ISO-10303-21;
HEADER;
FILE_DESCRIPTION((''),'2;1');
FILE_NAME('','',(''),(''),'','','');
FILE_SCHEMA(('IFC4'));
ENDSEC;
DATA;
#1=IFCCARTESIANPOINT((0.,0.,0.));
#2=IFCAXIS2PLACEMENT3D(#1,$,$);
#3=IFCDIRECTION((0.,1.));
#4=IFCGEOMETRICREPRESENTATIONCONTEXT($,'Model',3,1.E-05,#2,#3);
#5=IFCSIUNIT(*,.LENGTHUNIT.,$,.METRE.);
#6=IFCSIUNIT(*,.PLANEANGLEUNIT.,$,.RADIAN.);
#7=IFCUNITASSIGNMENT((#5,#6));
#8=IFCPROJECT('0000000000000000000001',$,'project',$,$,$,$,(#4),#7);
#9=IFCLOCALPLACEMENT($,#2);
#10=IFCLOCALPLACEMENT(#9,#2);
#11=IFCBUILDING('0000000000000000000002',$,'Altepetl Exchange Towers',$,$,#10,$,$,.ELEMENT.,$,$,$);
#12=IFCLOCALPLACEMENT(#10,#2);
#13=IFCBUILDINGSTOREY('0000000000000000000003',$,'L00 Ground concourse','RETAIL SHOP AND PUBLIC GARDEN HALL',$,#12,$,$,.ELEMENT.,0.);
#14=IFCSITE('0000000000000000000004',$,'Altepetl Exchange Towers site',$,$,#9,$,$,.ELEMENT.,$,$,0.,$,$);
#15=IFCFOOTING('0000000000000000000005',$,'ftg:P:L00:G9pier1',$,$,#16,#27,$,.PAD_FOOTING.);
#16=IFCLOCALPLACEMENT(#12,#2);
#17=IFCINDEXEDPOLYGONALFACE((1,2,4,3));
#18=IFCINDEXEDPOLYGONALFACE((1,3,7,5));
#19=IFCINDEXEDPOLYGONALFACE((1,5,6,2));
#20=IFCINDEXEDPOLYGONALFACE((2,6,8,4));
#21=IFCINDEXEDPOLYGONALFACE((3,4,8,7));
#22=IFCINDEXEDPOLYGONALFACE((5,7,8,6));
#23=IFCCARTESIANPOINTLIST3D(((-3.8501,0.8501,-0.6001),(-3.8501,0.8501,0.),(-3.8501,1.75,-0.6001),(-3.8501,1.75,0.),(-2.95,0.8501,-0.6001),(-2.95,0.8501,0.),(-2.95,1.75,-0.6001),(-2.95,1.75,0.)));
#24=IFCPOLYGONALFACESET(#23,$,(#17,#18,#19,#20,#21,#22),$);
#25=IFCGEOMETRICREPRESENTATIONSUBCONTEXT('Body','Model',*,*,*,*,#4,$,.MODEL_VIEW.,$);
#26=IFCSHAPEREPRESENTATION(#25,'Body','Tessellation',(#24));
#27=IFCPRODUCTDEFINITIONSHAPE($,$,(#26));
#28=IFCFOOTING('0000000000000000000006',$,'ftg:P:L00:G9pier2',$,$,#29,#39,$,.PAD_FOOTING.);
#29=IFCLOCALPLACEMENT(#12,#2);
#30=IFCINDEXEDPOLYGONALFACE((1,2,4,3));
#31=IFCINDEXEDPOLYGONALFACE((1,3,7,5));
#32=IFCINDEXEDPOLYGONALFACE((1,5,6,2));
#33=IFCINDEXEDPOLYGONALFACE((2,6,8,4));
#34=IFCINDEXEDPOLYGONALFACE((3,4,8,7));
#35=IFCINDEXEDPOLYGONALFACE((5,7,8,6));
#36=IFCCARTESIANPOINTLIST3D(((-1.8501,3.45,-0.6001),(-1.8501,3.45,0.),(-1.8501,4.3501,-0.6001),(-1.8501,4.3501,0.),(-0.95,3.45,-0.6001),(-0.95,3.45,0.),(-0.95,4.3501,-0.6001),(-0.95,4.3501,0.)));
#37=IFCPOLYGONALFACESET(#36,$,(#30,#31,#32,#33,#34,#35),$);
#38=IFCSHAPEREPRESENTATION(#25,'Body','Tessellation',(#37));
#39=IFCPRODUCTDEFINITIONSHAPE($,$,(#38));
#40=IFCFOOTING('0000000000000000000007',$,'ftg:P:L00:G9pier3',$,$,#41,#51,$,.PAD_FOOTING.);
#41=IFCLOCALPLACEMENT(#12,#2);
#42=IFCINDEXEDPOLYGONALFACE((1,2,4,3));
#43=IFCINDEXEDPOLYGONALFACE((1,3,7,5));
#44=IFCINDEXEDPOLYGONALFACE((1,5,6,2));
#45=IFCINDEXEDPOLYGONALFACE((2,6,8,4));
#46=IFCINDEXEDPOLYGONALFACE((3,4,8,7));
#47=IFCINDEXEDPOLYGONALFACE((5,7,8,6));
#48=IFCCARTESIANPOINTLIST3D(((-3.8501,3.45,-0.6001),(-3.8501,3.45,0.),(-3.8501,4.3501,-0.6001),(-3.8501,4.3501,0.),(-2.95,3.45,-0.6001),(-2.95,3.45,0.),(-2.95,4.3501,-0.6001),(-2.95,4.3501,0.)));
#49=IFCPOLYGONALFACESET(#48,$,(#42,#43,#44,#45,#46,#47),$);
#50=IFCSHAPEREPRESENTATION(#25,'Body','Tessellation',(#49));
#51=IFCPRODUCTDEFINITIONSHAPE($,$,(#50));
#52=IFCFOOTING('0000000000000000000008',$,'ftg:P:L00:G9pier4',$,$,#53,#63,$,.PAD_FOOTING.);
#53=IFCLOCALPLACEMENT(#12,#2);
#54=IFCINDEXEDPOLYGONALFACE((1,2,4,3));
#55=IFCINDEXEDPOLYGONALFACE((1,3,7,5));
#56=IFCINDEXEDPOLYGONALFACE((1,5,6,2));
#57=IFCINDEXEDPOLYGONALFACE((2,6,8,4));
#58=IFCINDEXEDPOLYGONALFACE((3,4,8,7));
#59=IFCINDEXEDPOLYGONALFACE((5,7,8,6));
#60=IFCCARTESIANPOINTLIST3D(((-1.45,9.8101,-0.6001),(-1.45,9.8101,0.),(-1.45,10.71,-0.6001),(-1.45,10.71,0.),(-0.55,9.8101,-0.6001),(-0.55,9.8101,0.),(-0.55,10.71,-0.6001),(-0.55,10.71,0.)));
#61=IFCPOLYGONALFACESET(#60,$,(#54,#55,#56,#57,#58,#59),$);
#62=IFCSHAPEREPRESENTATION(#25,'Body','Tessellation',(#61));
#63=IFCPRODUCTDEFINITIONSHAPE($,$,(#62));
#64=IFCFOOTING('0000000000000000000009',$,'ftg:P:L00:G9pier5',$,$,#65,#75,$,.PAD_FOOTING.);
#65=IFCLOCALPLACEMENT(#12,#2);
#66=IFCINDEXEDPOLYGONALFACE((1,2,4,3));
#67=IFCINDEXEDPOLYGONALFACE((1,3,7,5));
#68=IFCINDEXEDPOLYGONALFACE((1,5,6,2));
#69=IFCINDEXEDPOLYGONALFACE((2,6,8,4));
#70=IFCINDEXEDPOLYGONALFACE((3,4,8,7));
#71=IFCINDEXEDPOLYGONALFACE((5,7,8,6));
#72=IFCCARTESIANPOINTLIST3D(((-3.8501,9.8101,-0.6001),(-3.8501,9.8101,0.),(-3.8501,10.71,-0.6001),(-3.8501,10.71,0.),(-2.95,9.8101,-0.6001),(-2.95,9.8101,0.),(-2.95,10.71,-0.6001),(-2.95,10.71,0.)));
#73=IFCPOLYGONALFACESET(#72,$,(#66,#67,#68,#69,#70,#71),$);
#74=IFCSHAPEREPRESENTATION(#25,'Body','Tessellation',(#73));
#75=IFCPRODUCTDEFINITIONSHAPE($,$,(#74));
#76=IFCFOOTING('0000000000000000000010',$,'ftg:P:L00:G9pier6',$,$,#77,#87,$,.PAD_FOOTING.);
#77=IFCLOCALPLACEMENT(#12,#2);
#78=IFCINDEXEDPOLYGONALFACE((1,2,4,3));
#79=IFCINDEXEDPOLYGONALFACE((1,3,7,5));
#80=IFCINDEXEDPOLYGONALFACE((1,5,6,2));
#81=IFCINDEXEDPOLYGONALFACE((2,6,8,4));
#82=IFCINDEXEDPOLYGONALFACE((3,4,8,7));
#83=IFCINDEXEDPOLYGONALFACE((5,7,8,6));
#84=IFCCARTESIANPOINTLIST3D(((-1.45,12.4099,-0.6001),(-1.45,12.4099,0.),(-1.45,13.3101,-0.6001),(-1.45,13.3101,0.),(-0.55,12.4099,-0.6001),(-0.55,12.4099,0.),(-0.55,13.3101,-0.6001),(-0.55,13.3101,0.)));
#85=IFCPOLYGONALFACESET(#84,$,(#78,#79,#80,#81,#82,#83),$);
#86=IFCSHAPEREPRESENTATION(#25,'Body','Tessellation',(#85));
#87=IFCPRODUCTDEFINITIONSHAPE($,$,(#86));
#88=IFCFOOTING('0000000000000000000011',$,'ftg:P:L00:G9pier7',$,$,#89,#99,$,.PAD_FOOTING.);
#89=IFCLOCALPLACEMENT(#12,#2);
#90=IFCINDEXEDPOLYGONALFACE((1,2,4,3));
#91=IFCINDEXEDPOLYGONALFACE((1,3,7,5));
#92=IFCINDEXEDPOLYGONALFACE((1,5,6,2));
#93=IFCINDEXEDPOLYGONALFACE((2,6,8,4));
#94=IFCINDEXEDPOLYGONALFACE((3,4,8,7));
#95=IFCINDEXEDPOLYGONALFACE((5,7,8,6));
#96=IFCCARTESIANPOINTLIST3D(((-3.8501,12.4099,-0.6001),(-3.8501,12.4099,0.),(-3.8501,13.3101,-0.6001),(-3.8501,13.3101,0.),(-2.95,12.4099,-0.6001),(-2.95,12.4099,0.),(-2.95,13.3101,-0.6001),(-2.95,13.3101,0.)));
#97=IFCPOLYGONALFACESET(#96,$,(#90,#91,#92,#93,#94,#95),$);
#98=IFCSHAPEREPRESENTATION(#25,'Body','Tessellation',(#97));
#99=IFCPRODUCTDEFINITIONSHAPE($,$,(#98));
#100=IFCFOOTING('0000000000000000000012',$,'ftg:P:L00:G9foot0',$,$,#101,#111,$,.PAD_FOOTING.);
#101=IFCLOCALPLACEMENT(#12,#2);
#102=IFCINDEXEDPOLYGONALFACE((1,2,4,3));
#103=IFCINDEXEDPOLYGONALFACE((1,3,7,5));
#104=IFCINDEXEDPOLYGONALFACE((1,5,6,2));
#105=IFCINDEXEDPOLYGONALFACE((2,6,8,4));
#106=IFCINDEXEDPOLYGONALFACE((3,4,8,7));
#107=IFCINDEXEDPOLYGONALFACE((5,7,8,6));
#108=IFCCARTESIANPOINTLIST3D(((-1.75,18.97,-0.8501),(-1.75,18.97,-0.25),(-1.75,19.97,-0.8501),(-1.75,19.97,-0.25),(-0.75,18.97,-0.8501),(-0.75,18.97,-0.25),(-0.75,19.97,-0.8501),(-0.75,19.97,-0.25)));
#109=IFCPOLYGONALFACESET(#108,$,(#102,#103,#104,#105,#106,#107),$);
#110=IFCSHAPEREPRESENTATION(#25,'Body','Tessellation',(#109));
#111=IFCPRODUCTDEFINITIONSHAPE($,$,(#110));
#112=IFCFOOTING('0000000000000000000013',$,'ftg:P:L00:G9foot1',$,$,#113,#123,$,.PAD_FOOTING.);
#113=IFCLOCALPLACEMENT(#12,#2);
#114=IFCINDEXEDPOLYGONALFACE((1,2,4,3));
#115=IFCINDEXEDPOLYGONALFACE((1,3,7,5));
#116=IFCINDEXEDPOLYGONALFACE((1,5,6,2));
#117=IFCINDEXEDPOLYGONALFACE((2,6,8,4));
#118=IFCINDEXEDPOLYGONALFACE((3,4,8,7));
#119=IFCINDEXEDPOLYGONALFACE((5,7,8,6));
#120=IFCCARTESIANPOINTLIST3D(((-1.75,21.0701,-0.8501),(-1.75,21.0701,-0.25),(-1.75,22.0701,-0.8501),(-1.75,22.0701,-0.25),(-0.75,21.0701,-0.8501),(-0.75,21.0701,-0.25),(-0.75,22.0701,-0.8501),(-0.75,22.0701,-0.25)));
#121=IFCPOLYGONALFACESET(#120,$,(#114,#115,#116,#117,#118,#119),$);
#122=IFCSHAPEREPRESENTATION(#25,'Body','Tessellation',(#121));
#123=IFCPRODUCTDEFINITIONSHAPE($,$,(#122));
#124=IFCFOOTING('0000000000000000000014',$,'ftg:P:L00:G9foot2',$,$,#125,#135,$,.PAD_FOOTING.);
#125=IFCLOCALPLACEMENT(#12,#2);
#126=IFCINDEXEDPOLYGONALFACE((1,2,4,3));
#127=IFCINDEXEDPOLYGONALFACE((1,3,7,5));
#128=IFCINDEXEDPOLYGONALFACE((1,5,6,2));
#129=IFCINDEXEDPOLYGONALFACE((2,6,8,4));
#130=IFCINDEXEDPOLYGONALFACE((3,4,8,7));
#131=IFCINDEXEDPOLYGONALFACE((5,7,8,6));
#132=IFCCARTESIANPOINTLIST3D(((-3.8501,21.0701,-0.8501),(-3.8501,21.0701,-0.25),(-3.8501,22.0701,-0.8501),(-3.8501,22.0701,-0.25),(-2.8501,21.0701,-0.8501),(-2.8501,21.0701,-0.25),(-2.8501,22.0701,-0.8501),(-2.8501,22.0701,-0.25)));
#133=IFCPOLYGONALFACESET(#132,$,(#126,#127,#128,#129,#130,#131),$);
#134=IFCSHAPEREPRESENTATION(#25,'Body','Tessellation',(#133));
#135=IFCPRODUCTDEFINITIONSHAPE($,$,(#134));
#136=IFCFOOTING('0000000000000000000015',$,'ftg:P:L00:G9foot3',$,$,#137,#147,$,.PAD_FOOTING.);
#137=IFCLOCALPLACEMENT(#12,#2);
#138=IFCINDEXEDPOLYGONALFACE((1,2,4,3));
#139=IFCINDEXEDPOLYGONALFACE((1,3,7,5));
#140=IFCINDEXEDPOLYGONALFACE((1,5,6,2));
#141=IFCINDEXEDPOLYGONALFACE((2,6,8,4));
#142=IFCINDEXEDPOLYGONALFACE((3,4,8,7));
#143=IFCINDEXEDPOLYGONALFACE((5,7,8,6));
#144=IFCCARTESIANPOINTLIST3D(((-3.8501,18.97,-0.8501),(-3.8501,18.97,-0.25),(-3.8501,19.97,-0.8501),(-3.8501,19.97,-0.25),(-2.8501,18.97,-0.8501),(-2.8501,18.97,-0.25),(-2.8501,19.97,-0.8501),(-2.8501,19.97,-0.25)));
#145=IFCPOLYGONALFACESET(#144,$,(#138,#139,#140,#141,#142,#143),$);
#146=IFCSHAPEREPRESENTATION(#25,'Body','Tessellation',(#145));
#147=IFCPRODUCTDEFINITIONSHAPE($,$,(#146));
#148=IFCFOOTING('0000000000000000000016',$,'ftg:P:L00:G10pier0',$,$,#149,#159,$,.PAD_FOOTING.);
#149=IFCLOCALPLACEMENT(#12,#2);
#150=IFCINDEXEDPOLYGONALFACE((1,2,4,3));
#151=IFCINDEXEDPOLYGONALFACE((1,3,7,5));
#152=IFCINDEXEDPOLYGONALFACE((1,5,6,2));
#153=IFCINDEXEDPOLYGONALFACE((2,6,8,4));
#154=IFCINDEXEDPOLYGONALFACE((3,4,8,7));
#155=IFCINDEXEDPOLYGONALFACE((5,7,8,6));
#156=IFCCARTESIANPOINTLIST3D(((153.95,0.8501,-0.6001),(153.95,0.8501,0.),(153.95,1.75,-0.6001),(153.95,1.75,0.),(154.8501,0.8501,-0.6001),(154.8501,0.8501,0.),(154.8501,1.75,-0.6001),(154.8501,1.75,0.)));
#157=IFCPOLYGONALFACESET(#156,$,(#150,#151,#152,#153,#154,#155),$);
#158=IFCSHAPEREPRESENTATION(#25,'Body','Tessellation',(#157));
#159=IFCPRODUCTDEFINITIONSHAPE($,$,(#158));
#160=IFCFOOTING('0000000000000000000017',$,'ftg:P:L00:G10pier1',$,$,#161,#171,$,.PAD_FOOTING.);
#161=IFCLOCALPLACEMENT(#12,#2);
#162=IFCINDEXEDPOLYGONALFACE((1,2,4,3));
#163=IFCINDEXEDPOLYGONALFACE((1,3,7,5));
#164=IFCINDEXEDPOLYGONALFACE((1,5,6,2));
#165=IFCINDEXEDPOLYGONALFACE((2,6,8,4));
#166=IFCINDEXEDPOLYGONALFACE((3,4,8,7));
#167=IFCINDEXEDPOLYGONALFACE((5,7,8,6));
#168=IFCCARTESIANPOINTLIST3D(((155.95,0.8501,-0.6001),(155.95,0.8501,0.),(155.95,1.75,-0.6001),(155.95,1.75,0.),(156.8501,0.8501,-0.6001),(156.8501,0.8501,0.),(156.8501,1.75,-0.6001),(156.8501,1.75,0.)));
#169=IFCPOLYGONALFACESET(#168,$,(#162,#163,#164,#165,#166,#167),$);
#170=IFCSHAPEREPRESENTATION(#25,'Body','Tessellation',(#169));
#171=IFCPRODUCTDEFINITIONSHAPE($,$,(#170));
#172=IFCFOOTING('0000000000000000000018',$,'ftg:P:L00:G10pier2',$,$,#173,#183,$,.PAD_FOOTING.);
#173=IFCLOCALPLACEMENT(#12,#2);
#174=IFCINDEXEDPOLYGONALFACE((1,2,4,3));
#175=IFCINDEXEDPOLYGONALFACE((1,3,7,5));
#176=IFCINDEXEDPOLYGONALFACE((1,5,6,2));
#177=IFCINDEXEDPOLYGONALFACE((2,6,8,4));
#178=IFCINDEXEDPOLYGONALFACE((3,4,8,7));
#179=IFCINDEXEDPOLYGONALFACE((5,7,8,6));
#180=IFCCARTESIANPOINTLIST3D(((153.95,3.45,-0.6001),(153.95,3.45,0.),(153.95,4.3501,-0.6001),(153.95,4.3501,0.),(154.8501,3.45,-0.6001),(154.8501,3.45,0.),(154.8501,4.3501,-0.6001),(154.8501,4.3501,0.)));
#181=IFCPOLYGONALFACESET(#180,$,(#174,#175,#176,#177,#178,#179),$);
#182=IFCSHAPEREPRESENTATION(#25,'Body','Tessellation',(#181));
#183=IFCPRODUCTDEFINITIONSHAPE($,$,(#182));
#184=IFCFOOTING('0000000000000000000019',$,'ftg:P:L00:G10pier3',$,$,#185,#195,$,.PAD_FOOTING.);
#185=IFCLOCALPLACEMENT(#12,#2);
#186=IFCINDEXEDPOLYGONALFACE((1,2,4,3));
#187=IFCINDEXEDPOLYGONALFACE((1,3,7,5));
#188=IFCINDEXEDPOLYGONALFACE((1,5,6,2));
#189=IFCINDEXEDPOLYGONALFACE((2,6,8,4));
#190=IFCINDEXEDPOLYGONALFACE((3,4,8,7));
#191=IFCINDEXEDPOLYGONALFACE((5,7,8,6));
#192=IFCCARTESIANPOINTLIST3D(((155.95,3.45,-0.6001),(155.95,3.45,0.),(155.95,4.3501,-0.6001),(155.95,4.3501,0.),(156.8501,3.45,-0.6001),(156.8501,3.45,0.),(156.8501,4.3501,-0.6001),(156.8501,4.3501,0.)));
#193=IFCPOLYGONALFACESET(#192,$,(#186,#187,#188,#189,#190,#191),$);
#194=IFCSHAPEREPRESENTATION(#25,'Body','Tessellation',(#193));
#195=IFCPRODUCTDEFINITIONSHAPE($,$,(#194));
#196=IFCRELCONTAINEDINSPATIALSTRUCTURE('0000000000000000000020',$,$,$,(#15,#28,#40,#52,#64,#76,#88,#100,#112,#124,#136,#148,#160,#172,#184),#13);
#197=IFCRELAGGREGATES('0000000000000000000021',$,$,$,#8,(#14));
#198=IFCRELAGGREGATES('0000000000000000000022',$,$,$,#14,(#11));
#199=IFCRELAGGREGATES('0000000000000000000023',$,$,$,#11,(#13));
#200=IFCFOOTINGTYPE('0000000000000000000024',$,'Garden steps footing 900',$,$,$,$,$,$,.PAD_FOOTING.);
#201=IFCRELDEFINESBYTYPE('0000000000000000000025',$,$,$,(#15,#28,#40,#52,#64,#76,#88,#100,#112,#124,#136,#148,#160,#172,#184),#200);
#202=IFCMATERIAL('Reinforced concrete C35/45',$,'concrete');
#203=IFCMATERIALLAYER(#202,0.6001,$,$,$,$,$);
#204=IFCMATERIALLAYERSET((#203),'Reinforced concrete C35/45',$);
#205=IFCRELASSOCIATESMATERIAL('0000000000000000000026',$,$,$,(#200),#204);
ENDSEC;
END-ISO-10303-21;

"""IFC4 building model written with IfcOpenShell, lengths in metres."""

from ifc_helpers import new_model, si_unit, direction, frame, origin, place, context, subcontext, project, spatial, polyline, outline, extrude, material, layer, layer_set, type_object, element, save


model = new_model("IFC4")

# Units and contexts
model_context = context("Model", 3, precision=1e-05, world=origin(), true_north=direction((0.0, 1.0)))
body_context = subcontext(model_context, "Body", "Model", "MODEL_VIEW")
ifc_project = project(units=[si_unit("LENGTHUNIT", "METRE"), si_unit("PLANEANGLEUNIT", "RADIAN")], contexts=[model_context])

# Site, building, storey
site_placement = place(None, origin())
site = spatial("IfcSite", under=ifc_project, at=site_placement, Name="Altepetl Exchange Towers site", CompositionType="ELEMENT", RefElevation=0.0)
building_placement = place(site_placement, origin())
building = spatial("IfcBuilding", under=site, at=building_placement, Name="Altepetl Exchange Towers", CompositionType="ELEMENT")
storey_placement = place(building_placement, origin())
storey = spatial("IfcBuildingStorey", under=building, at=storey_placement, Name="L00 Ground concourse", Description="RETAIL SHOP AND PUBLIC GARDEN HALL", CompositionType="ELEMENT", Elevation=0.0)

# Footings
ifc_material_1 = material(Name="Reinforced concrete C35/45", Category="concrete")
ifc_layer_1 = layer(ifc_material_1, 0.6001)
ifc_layer_set_1 = layer_set([ifc_layer_1], Name="Reinforced concrete C35/45")
footing_type = type_object("IfcFootingType", Name="Garden steps footing 900", PredefinedType="PAD_FOOTING", material=ifc_layer_set_1)
footing_1_placement = place(storey_placement, frame((0.0, 0.0, -0.6001)))
element("IfcFooting", 1, at=footing_1_placement, inside=storey, type_object=footing_type, Name="ftg:P:L00:G9pier1", PredefinedType="PAD_FOOTING", context=body_context, shape_type="SweptSolid", body=[
    extrude(outline(polyline([(-3.8501, 0.8501), (-2.95, 0.8501), (-2.95, 1.75), (-3.8501, 1.75), (-3.8501, 0.8501)])), origin(), (0.0, 0.0, 1.0), 0.6001),
])
footing_2_placement = place(storey_placement, frame((0.0, 0.0, -0.6001)))
element("IfcFooting", 2, at=footing_2_placement, inside=storey, type_object=footing_type, Name="ftg:P:L00:G9pier2", PredefinedType="PAD_FOOTING", context=body_context, shape_type="SweptSolid", body=[
    extrude(outline(polyline([(-1.8501, 3.45), (-0.95, 3.45), (-0.95, 4.3501), (-1.8501, 4.3501), (-1.8501, 3.45)])), origin(), (0.0, 0.0, 1.0), 0.6001),
])
footing_3_placement = place(storey_placement, frame((0.0, 0.0, -0.6001)))
element("IfcFooting", 3, at=footing_3_placement, inside=storey, type_object=footing_type, Name="ftg:P:L00:G9pier3", PredefinedType="PAD_FOOTING", context=body_context, shape_type="SweptSolid", body=[
    extrude(outline(polyline([(-3.8501, 3.45), (-2.95, 3.45), (-2.95, 4.3501), (-3.8501, 4.3501), (-3.8501, 3.45)])), origin(), (0.0, 0.0, 1.0), 0.6001),
])
footing_4_placement = place(storey_placement, frame((0.0, 0.0, -0.6001)))
element("IfcFooting", 4, at=footing_4_placement, inside=storey, type_object=footing_type, Name="ftg:P:L00:G9pier4", PredefinedType="PAD_FOOTING", context=body_context, shape_type="SweptSolid", body=[
    extrude(outline(polyline([(-1.45, 9.8101), (-0.55, 9.8101), (-0.55, 10.71), (-1.45, 10.71), (-1.45, 9.8101)])), origin(), (0.0, 0.0, 1.0), 0.6001),
])
footing_5_placement = place(storey_placement, frame((0.0, 0.0, -0.6001)))
element("IfcFooting", 5, at=footing_5_placement, inside=storey, type_object=footing_type, Name="ftg:P:L00:G9pier5", PredefinedType="PAD_FOOTING", context=body_context, shape_type="SweptSolid", body=[
    extrude(outline(polyline([(-3.8501, 9.8101), (-2.95, 9.8101), (-2.95, 10.71), (-3.8501, 10.71), (-3.8501, 9.8101)])), origin(), (0.0, 0.0, 1.0), 0.6001),
])
footing_6_placement = place(storey_placement, frame((0.0, 0.0, -0.6001)))
element("IfcFooting", 6, at=footing_6_placement, inside=storey, type_object=footing_type, Name="ftg:P:L00:G9pier6", PredefinedType="PAD_FOOTING", context=body_context, shape_type="SweptSolid", body=[
    extrude(outline(polyline([(-1.45, 12.4099), (-0.55, 12.4099), (-0.55, 13.3101), (-1.45, 13.3101), (-1.45, 12.4099)])), origin(), (0.0, 0.0, 1.0), 0.6001),
])
footing_7_placement = place(storey_placement, frame((0.0, 0.0, -0.6001)))
element("IfcFooting", 7, at=footing_7_placement, inside=storey, type_object=footing_type, Name="ftg:P:L00:G9pier7", PredefinedType="PAD_FOOTING", context=body_context, shape_type="SweptSolid", body=[
    extrude(outline(polyline([(-3.8501, 12.4099), (-2.95, 12.4099), (-2.95, 13.3101), (-3.8501, 13.3101), (-3.8501, 12.4099)])), origin(), (0.0, 0.0, 1.0), 0.6001),
])
footing_8_placement = place(storey_placement, frame((0.0, 0.0, -0.8501)))
element("IfcFooting", 8, at=footing_8_placement, inside=storey, type_object=footing_type, Name="ftg:P:L00:G9foot0", PredefinedType="PAD_FOOTING", context=body_context, shape_type="SweptSolid", body=[
    extrude(outline(polyline([(-1.75, 18.97), (-0.75, 18.97), (-0.75, 19.97), (-1.75, 19.97), (-1.75, 18.97)])), origin(), (0.0, 0.0, 1.0), 0.6001),
])
footing_9_placement = place(storey_placement, frame((0.0, 0.0, -0.8501)))
element("IfcFooting", 9, at=footing_9_placement, inside=storey, type_object=footing_type, Name="ftg:P:L00:G9foot1", PredefinedType="PAD_FOOTING", context=body_context, shape_type="SweptSolid", body=[
    extrude(outline(polyline([(-1.75, 21.0701), (-0.75, 21.0701), (-0.75, 22.0701), (-1.75, 22.0701), (-1.75, 21.0701)])), origin(), (0.0, 0.0, 1.0), 0.6001),
])
footing_10_placement = place(storey_placement, frame((0.0, 0.0, -0.8501)))
element("IfcFooting", 10, at=footing_10_placement, inside=storey, type_object=footing_type, Name="ftg:P:L00:G9foot2", PredefinedType="PAD_FOOTING", context=body_context, shape_type="SweptSolid", body=[
    extrude(outline(polyline([(-3.8501, 21.0701), (-2.8501, 21.0701), (-2.8501, 22.0701), (-3.8501, 22.0701), (-3.8501, 21.0701)])), origin(), (0.0, 0.0, 1.0), 0.6001),
])
footing_11_placement = place(storey_placement, frame((0.0, 0.0, -0.8501)))
element("IfcFooting", 11, at=footing_11_placement, inside=storey, type_object=footing_type, Name="ftg:P:L00:G9foot3", PredefinedType="PAD_FOOTING", context=body_context, shape_type="SweptSolid", body=[
    extrude(outline(polyline([(-3.8501, 18.97), (-2.8501, 18.97), (-2.8501, 19.97), (-3.8501, 19.97), (-3.8501, 18.97)])), origin(), (0.0, 0.0, 1.0), 0.6001),
])
footing_12_placement = place(storey_placement, frame((0.0, 0.0, -0.6001)))
element("IfcFooting", 12, at=footing_12_placement, inside=storey, type_object=footing_type, Name="ftg:P:L00:G10pier0", PredefinedType="PAD_FOOTING", context=body_context, shape_type="SweptSolid", body=[
    extrude(outline(polyline([(153.95, 0.8501), (154.8501, 0.8501), (154.8501, 1.75), (153.95, 1.75), (153.95, 0.8501)])), origin(), (0.0, 0.0, 1.0), 0.6001),
])
footing_13_placement = place(storey_placement, frame((0.0, 0.0, -0.6001)))
element("IfcFooting", 13, at=footing_13_placement, inside=storey, type_object=footing_type, Name="ftg:P:L00:G10pier1", PredefinedType="PAD_FOOTING", context=body_context, shape_type="SweptSolid", body=[
    extrude(outline(polyline([(155.95, 0.8501), (156.8501, 0.8501), (156.8501, 1.75), (155.95, 1.75), (155.95, 0.8501)])), origin(), (0.0, 0.0, 1.0), 0.6001),
])
footing_14_placement = place(storey_placement, frame((0.0, 0.0, -0.6001)))
element("IfcFooting", 14, at=footing_14_placement, inside=storey, type_object=footing_type, Name="ftg:P:L00:G10pier2", PredefinedType="PAD_FOOTING", context=body_context, shape_type="SweptSolid", body=[
    extrude(outline(polyline([(153.95, 3.45), (154.8501, 3.45), (154.8501, 4.3501), (153.95, 4.3501), (153.95, 3.45)])), origin(), (0.0, 0.0, 1.0), 0.6001),
])
footing_15_placement = place(storey_placement, frame((0.0, 0.0, -0.6001)))
element("IfcFooting", 15, at=footing_15_placement, inside=storey, type_object=footing_type, Name="ftg:P:L00:G10pier3", PredefinedType="PAD_FOOTING", context=body_context, shape_type="SweptSolid", body=[
    extrude(outline(polyline([(155.95, 3.45), (156.8501, 3.45), (156.8501, 4.3501), (155.95, 4.3501), (155.95, 3.45)])), origin(), (0.0, 0.0, 1.0), 0.6001),
])

save(model, "model.ifc")
